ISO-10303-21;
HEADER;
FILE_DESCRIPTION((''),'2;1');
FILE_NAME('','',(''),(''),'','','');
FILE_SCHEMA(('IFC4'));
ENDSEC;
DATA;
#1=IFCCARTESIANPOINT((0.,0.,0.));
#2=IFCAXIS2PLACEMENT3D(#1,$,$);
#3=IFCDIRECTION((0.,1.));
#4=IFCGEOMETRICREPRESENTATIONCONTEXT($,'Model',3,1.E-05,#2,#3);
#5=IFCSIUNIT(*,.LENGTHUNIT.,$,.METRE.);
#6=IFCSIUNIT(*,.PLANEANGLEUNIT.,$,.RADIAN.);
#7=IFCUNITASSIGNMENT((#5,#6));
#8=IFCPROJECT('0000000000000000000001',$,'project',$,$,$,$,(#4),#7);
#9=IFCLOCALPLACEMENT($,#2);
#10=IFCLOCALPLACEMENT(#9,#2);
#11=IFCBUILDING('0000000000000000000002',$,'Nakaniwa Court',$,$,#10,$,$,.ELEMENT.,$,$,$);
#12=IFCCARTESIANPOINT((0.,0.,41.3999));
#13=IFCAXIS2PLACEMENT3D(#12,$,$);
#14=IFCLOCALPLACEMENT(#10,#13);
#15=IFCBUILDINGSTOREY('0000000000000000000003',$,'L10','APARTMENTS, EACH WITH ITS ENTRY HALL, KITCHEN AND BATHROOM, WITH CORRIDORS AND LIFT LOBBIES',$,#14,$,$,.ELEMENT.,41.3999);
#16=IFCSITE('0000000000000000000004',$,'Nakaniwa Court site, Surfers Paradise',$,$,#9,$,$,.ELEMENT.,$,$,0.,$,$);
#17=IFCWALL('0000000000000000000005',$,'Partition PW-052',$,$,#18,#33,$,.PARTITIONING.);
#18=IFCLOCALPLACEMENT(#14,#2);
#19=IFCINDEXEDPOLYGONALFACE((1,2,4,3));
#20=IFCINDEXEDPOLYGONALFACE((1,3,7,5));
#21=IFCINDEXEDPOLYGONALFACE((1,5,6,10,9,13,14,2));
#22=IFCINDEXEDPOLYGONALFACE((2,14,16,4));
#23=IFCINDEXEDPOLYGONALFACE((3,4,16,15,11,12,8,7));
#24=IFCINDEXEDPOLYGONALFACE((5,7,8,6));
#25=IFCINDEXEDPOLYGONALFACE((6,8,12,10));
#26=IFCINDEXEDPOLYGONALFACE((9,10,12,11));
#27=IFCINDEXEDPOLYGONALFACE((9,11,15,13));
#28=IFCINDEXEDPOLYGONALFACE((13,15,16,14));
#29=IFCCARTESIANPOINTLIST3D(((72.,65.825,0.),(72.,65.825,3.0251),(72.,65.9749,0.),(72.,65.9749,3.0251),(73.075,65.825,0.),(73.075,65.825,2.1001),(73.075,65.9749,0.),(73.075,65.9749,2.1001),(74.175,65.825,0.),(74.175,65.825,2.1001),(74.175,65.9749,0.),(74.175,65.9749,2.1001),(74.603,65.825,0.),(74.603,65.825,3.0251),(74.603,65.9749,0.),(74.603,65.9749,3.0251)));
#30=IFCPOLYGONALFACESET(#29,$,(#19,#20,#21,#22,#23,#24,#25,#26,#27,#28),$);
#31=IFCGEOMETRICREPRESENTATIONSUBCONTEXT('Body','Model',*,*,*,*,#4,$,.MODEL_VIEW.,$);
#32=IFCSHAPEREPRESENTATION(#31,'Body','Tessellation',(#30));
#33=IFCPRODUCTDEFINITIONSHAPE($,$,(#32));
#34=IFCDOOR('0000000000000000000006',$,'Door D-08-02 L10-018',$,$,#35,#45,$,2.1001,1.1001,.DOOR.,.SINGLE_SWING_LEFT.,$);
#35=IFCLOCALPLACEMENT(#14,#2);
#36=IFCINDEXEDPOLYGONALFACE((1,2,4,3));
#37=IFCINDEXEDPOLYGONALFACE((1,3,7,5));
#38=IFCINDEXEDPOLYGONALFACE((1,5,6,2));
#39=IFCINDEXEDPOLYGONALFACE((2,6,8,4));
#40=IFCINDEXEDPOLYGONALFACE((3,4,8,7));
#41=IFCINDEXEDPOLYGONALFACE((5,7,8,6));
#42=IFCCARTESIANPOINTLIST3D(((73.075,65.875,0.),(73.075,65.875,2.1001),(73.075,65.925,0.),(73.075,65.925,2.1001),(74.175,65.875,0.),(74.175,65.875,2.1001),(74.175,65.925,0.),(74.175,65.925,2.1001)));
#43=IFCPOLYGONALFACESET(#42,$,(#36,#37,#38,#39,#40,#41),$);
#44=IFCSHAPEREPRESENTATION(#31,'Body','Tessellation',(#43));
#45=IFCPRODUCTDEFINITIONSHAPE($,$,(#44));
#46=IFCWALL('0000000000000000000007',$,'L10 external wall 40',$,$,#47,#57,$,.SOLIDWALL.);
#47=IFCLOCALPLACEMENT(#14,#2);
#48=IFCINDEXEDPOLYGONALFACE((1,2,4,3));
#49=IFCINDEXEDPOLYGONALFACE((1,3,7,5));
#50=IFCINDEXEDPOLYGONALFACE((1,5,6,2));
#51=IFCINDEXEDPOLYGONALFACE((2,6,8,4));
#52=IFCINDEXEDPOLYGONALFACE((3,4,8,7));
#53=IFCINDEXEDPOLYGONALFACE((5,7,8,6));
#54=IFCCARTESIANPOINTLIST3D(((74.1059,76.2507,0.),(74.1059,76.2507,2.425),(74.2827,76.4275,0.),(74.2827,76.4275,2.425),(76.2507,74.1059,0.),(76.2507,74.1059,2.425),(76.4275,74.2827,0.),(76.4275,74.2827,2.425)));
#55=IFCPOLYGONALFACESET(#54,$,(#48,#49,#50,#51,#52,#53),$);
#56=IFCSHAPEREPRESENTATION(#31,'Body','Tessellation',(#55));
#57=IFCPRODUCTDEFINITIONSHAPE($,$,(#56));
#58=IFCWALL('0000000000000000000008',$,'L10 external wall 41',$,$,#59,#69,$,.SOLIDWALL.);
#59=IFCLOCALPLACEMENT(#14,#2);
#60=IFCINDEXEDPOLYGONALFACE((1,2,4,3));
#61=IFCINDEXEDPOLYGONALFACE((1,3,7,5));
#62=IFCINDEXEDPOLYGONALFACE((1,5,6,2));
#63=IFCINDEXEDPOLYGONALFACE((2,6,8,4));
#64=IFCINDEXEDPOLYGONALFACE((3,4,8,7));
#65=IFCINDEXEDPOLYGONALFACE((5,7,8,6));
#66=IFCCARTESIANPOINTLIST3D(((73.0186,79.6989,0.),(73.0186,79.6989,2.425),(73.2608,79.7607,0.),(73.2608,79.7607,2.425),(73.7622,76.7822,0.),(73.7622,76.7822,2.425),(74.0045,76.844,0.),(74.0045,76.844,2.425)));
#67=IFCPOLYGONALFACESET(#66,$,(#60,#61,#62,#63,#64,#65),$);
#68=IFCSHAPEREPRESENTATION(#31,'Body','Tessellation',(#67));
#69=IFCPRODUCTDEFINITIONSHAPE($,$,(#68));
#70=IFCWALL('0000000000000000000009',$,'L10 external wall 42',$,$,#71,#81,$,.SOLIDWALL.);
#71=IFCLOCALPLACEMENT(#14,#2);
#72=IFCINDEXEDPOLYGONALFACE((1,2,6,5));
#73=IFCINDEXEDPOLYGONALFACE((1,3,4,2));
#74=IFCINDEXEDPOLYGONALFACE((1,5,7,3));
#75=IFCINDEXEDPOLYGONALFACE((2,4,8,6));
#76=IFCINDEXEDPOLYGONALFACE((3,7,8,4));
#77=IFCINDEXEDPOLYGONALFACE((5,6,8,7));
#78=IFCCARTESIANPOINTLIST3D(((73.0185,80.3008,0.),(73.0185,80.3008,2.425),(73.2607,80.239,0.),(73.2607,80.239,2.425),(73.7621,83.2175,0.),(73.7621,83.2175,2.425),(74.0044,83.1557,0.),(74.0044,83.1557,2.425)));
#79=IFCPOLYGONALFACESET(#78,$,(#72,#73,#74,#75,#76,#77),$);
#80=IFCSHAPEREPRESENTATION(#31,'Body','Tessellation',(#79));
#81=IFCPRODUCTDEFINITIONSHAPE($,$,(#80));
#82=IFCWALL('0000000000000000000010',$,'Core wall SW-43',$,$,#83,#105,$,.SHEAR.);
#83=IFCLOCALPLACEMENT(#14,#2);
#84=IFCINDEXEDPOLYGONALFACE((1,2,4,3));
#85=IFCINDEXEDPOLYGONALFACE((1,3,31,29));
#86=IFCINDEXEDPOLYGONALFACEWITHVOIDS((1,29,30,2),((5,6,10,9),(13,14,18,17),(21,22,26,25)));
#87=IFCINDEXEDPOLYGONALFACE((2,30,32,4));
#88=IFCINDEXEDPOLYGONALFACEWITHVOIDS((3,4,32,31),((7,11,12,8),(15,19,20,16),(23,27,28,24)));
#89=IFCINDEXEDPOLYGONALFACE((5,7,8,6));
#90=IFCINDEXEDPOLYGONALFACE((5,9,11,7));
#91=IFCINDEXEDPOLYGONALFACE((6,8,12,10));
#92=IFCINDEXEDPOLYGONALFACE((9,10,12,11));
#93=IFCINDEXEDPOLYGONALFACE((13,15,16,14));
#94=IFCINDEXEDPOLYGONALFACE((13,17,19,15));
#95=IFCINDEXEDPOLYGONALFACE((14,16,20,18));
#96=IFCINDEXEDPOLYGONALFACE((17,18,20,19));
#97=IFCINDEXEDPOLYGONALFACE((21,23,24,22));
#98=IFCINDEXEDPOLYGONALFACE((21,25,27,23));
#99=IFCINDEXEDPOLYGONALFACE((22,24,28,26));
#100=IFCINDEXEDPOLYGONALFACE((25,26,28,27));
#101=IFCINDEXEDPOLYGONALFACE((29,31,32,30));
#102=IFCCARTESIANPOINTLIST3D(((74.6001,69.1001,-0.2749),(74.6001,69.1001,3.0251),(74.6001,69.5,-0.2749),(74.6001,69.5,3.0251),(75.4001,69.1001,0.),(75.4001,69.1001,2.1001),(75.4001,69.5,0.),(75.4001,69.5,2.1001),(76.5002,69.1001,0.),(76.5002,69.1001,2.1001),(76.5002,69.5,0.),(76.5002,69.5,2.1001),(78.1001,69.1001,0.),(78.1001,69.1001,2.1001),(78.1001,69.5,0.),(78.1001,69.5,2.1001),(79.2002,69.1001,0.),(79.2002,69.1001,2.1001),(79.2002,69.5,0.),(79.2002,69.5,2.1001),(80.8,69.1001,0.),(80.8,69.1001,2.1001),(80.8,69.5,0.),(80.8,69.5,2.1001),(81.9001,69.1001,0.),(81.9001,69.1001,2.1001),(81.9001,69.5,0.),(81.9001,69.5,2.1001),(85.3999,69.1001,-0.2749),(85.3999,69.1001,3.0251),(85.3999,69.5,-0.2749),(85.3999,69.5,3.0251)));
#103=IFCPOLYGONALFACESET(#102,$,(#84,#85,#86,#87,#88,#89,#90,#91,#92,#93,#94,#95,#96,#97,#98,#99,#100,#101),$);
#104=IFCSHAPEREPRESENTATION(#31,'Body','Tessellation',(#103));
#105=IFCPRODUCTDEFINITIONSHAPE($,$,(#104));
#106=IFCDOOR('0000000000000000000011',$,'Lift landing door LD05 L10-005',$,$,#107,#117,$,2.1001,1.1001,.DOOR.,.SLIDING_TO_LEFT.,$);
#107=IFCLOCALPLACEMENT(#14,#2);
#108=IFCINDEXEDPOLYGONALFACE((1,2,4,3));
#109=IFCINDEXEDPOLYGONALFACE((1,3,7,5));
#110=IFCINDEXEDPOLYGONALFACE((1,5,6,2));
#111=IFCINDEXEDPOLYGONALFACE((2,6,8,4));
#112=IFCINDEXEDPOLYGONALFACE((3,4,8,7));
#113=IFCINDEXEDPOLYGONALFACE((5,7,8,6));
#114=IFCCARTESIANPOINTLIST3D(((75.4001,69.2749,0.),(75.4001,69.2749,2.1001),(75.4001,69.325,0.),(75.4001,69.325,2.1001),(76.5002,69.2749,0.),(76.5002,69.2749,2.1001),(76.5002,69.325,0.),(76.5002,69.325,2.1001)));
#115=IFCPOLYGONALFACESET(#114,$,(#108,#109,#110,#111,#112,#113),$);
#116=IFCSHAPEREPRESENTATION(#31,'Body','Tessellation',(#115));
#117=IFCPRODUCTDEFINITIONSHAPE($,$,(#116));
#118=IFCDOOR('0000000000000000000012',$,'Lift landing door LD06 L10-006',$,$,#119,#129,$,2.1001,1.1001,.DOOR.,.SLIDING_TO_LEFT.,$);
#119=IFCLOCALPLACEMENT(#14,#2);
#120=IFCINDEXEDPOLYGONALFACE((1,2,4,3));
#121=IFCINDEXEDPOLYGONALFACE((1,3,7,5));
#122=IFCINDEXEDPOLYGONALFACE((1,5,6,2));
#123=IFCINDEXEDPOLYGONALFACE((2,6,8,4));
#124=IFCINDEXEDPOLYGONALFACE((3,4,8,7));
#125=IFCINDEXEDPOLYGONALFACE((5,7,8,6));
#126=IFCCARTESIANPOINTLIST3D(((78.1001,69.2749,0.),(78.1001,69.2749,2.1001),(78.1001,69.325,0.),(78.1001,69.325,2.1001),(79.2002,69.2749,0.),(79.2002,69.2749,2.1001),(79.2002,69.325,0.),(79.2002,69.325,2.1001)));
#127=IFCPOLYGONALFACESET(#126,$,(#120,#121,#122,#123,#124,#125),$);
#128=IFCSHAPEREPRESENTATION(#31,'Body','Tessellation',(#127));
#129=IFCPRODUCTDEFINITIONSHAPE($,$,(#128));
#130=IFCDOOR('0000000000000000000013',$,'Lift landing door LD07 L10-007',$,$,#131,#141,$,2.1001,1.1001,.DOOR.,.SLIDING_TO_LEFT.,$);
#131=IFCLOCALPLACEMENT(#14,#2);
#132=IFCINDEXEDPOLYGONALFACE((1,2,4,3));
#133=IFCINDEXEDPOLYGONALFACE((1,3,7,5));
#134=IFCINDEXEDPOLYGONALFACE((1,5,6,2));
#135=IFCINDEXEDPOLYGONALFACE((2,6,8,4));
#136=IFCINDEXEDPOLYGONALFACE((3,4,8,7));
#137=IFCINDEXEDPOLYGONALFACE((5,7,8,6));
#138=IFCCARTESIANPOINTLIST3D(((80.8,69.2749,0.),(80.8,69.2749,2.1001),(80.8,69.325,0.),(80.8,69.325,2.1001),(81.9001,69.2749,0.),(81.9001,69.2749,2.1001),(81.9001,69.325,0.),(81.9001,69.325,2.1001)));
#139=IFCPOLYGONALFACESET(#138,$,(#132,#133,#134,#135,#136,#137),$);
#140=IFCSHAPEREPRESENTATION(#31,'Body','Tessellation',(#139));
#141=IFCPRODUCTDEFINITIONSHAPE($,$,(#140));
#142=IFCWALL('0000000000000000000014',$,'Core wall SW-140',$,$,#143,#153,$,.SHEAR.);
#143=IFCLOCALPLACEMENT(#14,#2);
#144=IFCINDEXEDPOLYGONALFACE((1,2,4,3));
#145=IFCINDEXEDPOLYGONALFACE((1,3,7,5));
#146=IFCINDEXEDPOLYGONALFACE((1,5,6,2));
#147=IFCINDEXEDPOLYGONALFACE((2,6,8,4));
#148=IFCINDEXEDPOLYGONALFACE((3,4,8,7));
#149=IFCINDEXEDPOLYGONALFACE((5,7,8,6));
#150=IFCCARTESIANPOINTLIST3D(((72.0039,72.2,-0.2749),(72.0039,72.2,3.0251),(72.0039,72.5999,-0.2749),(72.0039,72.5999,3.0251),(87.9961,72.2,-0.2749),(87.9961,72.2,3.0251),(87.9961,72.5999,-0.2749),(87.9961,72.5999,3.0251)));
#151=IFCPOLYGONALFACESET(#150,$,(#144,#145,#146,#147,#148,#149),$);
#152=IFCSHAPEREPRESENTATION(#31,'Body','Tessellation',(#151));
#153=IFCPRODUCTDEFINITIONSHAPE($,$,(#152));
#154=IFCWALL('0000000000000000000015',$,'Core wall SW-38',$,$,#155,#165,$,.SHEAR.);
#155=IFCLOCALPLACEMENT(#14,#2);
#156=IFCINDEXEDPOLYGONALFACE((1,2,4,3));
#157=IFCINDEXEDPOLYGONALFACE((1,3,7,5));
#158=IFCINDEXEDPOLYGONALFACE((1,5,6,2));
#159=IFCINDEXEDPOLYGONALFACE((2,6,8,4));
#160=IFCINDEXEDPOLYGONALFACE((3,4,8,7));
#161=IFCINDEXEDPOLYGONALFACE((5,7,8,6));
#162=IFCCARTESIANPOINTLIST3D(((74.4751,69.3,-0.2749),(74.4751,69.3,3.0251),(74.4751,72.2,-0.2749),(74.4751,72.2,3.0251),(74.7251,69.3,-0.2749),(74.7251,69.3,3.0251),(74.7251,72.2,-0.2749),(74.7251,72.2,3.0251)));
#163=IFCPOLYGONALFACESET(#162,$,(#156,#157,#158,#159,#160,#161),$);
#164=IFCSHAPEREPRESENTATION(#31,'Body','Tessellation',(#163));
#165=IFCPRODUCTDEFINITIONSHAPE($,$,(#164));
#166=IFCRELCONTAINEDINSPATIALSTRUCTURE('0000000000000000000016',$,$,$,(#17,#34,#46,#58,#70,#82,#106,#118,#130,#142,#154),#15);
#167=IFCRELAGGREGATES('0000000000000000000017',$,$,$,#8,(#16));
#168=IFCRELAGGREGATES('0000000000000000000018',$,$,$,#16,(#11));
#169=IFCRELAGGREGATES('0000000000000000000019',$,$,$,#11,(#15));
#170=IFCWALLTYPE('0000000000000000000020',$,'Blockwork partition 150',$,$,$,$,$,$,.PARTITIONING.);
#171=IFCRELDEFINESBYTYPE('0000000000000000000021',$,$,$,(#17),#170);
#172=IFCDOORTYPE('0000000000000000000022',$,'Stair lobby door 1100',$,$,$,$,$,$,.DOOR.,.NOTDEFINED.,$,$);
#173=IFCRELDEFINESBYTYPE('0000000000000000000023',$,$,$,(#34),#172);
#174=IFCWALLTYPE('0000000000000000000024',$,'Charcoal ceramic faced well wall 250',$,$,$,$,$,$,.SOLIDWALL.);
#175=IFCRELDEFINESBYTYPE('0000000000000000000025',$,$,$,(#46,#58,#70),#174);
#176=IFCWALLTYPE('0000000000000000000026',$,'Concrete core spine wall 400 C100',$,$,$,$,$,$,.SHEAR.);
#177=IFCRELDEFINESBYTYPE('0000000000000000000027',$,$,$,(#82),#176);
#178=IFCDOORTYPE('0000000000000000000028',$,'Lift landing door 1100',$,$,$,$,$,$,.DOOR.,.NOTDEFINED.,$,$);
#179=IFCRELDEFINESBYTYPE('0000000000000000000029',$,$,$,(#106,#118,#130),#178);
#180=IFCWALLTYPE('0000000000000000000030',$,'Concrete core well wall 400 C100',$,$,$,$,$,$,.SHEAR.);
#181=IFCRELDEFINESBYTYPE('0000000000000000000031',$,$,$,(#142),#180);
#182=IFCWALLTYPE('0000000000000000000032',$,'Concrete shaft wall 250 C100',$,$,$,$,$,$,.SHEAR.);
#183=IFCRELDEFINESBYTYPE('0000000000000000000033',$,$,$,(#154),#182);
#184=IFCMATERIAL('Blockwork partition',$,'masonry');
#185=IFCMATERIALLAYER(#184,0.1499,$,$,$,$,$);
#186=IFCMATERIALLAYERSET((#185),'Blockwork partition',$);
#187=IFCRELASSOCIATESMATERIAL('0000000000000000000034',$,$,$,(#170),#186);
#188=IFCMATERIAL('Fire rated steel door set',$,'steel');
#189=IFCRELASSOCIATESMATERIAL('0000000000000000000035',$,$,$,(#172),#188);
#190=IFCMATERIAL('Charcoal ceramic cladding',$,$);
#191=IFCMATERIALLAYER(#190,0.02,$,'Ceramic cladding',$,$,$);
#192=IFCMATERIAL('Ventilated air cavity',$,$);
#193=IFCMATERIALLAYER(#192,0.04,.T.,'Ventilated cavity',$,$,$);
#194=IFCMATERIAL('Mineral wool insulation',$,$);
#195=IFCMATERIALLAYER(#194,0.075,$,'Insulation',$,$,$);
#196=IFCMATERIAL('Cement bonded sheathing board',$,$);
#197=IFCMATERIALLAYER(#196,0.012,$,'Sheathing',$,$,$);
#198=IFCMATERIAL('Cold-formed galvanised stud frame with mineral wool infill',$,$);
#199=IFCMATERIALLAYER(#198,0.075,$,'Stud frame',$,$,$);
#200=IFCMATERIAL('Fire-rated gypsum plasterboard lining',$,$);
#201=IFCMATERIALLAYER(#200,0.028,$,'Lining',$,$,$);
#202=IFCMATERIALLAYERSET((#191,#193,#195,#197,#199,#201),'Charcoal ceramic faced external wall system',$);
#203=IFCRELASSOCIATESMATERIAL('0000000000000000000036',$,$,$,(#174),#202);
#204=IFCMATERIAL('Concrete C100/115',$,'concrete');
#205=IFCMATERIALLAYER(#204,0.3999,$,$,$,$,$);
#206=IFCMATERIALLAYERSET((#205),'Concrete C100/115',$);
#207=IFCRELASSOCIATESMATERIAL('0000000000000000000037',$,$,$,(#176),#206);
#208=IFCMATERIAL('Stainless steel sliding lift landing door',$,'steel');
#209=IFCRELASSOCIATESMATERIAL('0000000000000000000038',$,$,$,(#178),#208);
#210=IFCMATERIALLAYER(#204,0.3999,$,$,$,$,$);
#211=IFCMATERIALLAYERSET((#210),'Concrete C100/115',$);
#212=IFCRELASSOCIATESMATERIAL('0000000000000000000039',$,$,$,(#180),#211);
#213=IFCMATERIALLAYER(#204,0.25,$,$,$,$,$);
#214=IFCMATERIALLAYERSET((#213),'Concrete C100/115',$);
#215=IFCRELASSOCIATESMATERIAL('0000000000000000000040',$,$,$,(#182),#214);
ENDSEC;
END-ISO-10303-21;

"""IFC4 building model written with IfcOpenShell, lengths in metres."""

from ifc_helpers import new_model, si_unit, direction, frame, frame_2d, origin, place, context, subcontext, project, spatial, rectangle, extrude, material, layer, layer_set, type_object, element, fill, save


model = new_model("IFC4")

# Units and contexts
model_context = context("Model", 3, precision=1e-05, world=origin(), true_north=direction((0.0, 1.0)))
body_context = subcontext(model_context, "Body", "Model", "MODEL_VIEW")
ifc_project = project(units=[si_unit("LENGTHUNIT", "METRE"), si_unit("PLANEANGLEUNIT", "RADIAN")], contexts=[model_context])

# Site, building, storey
site_placement = place(None, origin())
site = spatial("IfcSite", under=ifc_project, at=site_placement, Name="Nakaniwa Court site, Surfers Paradise", CompositionType="ELEMENT", RefElevation=0.0)
building_placement = place(site_placement, origin())
building = spatial("IfcBuilding", under=site, at=building_placement, Name="Nakaniwa Court", CompositionType="ELEMENT")
storey_placement = place(building_placement, frame((0.0, 0.0, 41.3999)))
storey = spatial("IfcBuildingStorey", under=building, at=storey_placement, Name="L10", Description="APARTMENTS, EACH WITH ITS ENTRY HALL, KITCHEN AND BATHROOM, WITH CORRIDORS AND LIFT LOBBIES", CompositionType="ELEMENT", Elevation=41.3999)

# Shared definitions
ifc_material_1 = material(Name="Concrete C100/115", Category="concrete")

# Wall, opening, door
ifc_material_2 = material(Name="Blockwork partition", Category="masonry")
ifc_layer_1 = layer(ifc_material_2, 0.1499)
ifc_layer_set_1 = layer_set([ifc_layer_1], Name="Blockwork partition")
wall_type_1 = type_object("IfcWallType", Name="Blockwork partition 150", PredefinedType="PARTITIONING", material=ifc_layer_set_1)
ifc_material_3 = material(Name="Fire rated steel door set", Category="steel")
wall_1_placement = place(storey_placement, frame((74.603, 65.8999, 0.0), z_axis=(0.0, 0.0, 1.0), x_axis=(-1.0, 0.0, 0.0)))
wall_1 = element("IfcWall", 1, at=wall_1_placement, inside=storey, type_object=wall_type_1, Name="Partition PW-052", PredefinedType="PARTITIONING", context=body_context, shape_type="SweptSolid", body=[
    extrude(rectangle(XDim=2.603, YDim=0.1499, at=frame_2d((1.3015, 0.0))), origin(), (0.0, 0.0, 1.0), 3.0251),
])
opening_1_placement = place(wall_1_placement, frame((0.428, 0.0, 0.0)))
opening_1 = element("IfcOpeningElement", 2, at=opening_1_placement, cuts=wall_1, PredefinedType="OPENING", context=body_context, shape_type="SweptSolid", body=[
    extrude(rectangle(XDim=1.1001, YDim=2.1001, at=frame_2d((0.55, 1.05))), frame((0.0, 0.085, 0.0), z_axis=(0.0, -1.0, 0.0), x_axis=(1.0, 0.0, 0.0)), (0.0, 0.0, 1.0), 0.1699),
])
door_type_1 = type_object("IfcDoorType", Name="Stair lobby door 1100", OperationType="NOTDEFINED", PredefinedType="DOOR", material=ifc_material_3)
door_1_placement = place(opening_1_placement, origin())
door_1 = element("IfcDoor", 3, at=door_1_placement, inside=storey, type_object=door_type_1, Name="Door D-08-02 L10-018", OperationType="SINGLE_SWING_LEFT", OverallHeight=2.1001, OverallWidth=1.1001, PredefinedType="DOOR", context=body_context, shape_type="SweptSolid", body=[
    extrude(rectangle(XDim=1.1001, YDim=2.1001, at=frame_2d((0.55, 1.05))), frame((0.0, 0.0249, 0.0), z_axis=(0.0, -1.0, 0.0), x_axis=(1.0, 0.0, 0.0)), (0.0, 0.0, 1.0), 0.05),
])
fill(opening_1, door_1)

# Walls
ifc_material_4 = material(Name="Charcoal ceramic cladding")
ifc_layer_2 = layer(ifc_material_4, 0.02, Name="Ceramic cladding")
ifc_material_5 = material(Name="Ventilated air cavity")
ifc_layer_3 = layer(ifc_material_5, 0.04, ventilated=True, Name="Ventilated cavity")
ifc_material_6 = material(Name="Mineral wool insulation")
ifc_layer_4 = layer(ifc_material_6, 0.075, Name="Insulation")
ifc_material_7 = material(Name="Cement bonded sheathing board")
ifc_layer_5 = layer(ifc_material_7, 0.012, Name="Sheathing")
ifc_material_8 = material(Name="Cold-formed galvanised stud frame with mineral wool infill")
ifc_layer_6 = layer(ifc_material_8, 0.075, Name="Stud frame")
ifc_material_9 = material(Name="Fire-rated gypsum plasterboard lining")
ifc_layer_7 = layer(ifc_material_9, 0.028, Name="Lining")
ifc_layer_set_2 = layer_set([ifc_layer_2, ifc_layer_3, ifc_layer_4, ifc_layer_5, ifc_layer_6, ifc_layer_7], Name="Charcoal ceramic faced external wall system")
wall_type_2 = type_object("IfcWallType", Name="Charcoal ceramic faced well wall 250", PredefinedType="SOLIDWALL", material=ifc_layer_set_2)
wall_2_placement = place(storey_placement, frame((76.3391, 74.1943, 0.0), z_axis=(0.0, 0.0, 1.0), x_axis=(-0.707107, 0.707107, 0.0)))
element("IfcWall", 4, at=wall_2_placement, inside=storey, type_object=wall_type_2, Name="L10 external wall 40", PredefinedType="SOLIDWALL", context=body_context, shape_type="SweptSolid", body=[
    extrude(rectangle(XDim=3.0332, YDim=0.25, at=frame_2d((1.5166, 0.0))), origin(), (0.0, 0.0, 1.0), 2.425),
])
for number, where, z_axis, x_axis, name in (
    (5, (73.8833, 76.8132, 0.0), (0.0, 0.0, 1.0), (-0.247056, 0.969001, 0.0), "L10 external wall 41"),
    (6, (73.1396, 80.27, 0.0), (0.0, 0.0, 1.0), (0.247056, 0.969001, 0.0), "L10 external wall 42"),
):
    element("IfcWall", number, at=place(storey_placement, frame(where, z_axis=z_axis, x_axis=x_axis)), inside=storey, type_object=wall_type_2, Name=name, PredefinedType="SOLIDWALL", context=body_context, shape_type="SweptSolid", body=[
        extrude(rectangle(XDim=3.01, YDim=0.25, at=frame_2d((1.5049, 0.0))), origin(), (0.0, 0.0, 1.0), 2.425),
    ])

# Wall, openings, doors
ifc_layer_8 = layer(ifc_material_1, 0.3999)
ifc_layer_set_3 = layer_set([ifc_layer_8], Name="Concrete C100/115")
wall_type_3 = type_object("IfcWallType", Name="Concrete core spine wall 400 C100", PredefinedType="SHEAR", material=ifc_layer_set_3)
wall_3_placement = place(storey_placement, frame((74.6001, 69.3, -0.2749), z_axis=(0.0, 0.0, 1.0), x_axis=(1.0, 0.0, 0.0)))
wall_3 = element("IfcWall", 7, at=wall_3_placement, inside=storey, type_object=wall_type_3, Name="Core wall SW-43", PredefinedType="SHEAR", context=body_context, shape_type="SweptSolid", body=[
    extrude(rectangle(XDim=10.7998, YDim=0.3999, at=frame_2d((5.3999, 0.0))), origin(), (0.0, 0.0, 1.0), 3.3),
])
opening_2_placement = place(wall_3_placement, frame((0.8, 0.0, 0.2749)))
opening_2 = element("IfcOpeningElement", 8, at=opening_2_placement, cuts=wall_3, PredefinedType="OPENING", context=body_context, shape_type="SweptSolid", body=[
    extrude(rectangle(XDim=1.1001, YDim=2.1001, at=frame_2d((0.55, 1.05))), frame((0.0, 0.21, 0.0), z_axis=(0.0, -1.0, 0.0), x_axis=(1.0, 0.0, 0.0)), (0.0, 0.0, 1.0), 0.4199),
])
opening_3_placement = place(wall_3_placement, frame((3.5, 0.0, 0.2749)))
opening_3 = element("IfcOpeningElement", 9, at=opening_3_placement, cuts=wall_3, PredefinedType="OPENING", context=body_context, shape_type="SweptSolid", body=[
    extrude(rectangle(XDim=1.1001, YDim=2.1001, at=frame_2d((0.55, 1.05))), frame((0.0, 0.21, 0.0), z_axis=(0.0, -1.0, 0.0), x_axis=(1.0, 0.0, 0.0)), (0.0, 0.0, 1.0), 0.4199),
])
opening_4_placement = place(wall_3_placement, frame((6.2, 0.0, 0.2749)))
opening_4 = element("IfcOpeningElement", 10, at=opening_4_placement, cuts=wall_3, PredefinedType="OPENING", context=body_context, shape_type="SweptSolid", body=[
    extrude(rectangle(XDim=1.1001, YDim=2.1001, at=frame_2d((0.55, 1.05))), frame((0.0, 0.21, 0.0), z_axis=(0.0, -1.0, 0.0), x_axis=(1.0, 0.0, 0.0)), (0.0, 0.0, 1.0), 0.4199),
])
ifc_material_10 = material(Name="Stainless steel sliding lift landing door", Category="steel")
door_type_2 = type_object("IfcDoorType", Name="Lift landing door 1100", OperationType="NOTDEFINED", PredefinedType="DOOR", material=ifc_material_10)
door_2_placement = place(opening_2_placement, origin())
door_2 = element("IfcDoor", 11, at=door_2_placement, inside=storey, type_object=door_type_2, Name="Lift landing door LD05 L10-005", OperationType="SLIDING_TO_LEFT", OverallHeight=2.1001, OverallWidth=1.1001, PredefinedType="DOOR", context=body_context, shape_type="SweptSolid", body=[
    extrude(rectangle(XDim=1.1001, YDim=2.1001, at=frame_2d((0.55, 1.05))), frame((0.0, 0.0249, 0.0), z_axis=(0.0, -1.0, 0.0), x_axis=(1.0, 0.0, 0.0)), (0.0, 0.0, 1.0), 0.05),
])
fill(opening_2, door_2)
door_3_placement = place(opening_3_placement, origin())
door_3 = element("IfcDoor", 12, at=door_3_placement, inside=storey, type_object=door_type_2, Name="Lift landing door LD06 L10-006", OperationType="SLIDING_TO_LEFT", OverallHeight=2.1001, OverallWidth=1.1001, PredefinedType="DOOR", context=body_context, shape_type="SweptSolid", body=[
    extrude(rectangle(XDim=1.1001, YDim=2.1001, at=frame_2d((0.55, 1.05))), frame((0.0, 0.0249, 0.0), z_axis=(0.0, -1.0, 0.0), x_axis=(1.0, 0.0, 0.0)), (0.0, 0.0, 1.0), 0.05),
])
fill(opening_3, door_3)
door_4_placement = place(opening_4_placement, origin())
door_4 = element("IfcDoor", 13, at=door_4_placement, inside=storey, type_object=door_type_2, Name="Lift landing door LD07 L10-007", OperationType="SLIDING_TO_LEFT", OverallHeight=2.1001, OverallWidth=1.1001, PredefinedType="DOOR", context=body_context, shape_type="SweptSolid", body=[
    extrude(rectangle(XDim=1.1001, YDim=2.1001, at=frame_2d((0.55, 1.05))), frame((0.0, 0.0249, 0.0), z_axis=(0.0, -1.0, 0.0), x_axis=(1.0, 0.0, 0.0)), (0.0, 0.0, 1.0), 0.05),
])
fill(opening_4, door_4)

# Walls
ifc_layer_9 = layer(ifc_material_1, 0.3999)
ifc_layer_set_4 = layer_set([ifc_layer_9], Name="Concrete C100/115")
wall_type_4 = type_object("IfcWallType", Name="Concrete core well wall 400 C100", PredefinedType="SHEAR", material=ifc_layer_set_4)
wall_4_placement = place(storey_placement, frame((72.0039, 72.3999, -0.2749), z_axis=(0.0, 0.0, 1.0), x_axis=(1.0, 0.0, 0.0)))
element("IfcWall", 14, at=wall_4_placement, inside=storey, type_object=wall_type_4, Name="Core wall SW-140", PredefinedType="SHEAR", context=body_context, shape_type="SweptSolid", body=[
    extrude(rectangle(XDim=15.9922, YDim=0.3999, at=frame_2d((7.9961, 0.0))), origin(), (0.0, 0.0, 1.0), 3.3),
])
ifc_layer_10 = layer(ifc_material_1, 0.25)
ifc_layer_set_5 = layer_set([ifc_layer_10], Name="Concrete C100/115")
wall_type_5 = type_object("IfcWallType", Name="Concrete shaft wall 250 C100", PredefinedType="SHEAR", material=ifc_layer_set_5)
wall_5_placement = place(storey_placement, frame((74.6001, 69.3, -0.2749), z_axis=(0.0, 0.0, 1.0), x_axis=(0.0, 1.0, 0.0)))
element("IfcWall", 15, at=wall_5_placement, inside=storey, type_object=wall_type_5, Name="Core wall SW-38", PredefinedType="SHEAR", context=body_context, shape_type="SweptSolid", body=[
    extrude(rectangle(XDim=2.8999, YDim=0.25, at=frame_2d((1.45, 0.0))), origin(), (0.0, 0.0, 1.0), 3.3),
])

save(model, "model.ifc")
